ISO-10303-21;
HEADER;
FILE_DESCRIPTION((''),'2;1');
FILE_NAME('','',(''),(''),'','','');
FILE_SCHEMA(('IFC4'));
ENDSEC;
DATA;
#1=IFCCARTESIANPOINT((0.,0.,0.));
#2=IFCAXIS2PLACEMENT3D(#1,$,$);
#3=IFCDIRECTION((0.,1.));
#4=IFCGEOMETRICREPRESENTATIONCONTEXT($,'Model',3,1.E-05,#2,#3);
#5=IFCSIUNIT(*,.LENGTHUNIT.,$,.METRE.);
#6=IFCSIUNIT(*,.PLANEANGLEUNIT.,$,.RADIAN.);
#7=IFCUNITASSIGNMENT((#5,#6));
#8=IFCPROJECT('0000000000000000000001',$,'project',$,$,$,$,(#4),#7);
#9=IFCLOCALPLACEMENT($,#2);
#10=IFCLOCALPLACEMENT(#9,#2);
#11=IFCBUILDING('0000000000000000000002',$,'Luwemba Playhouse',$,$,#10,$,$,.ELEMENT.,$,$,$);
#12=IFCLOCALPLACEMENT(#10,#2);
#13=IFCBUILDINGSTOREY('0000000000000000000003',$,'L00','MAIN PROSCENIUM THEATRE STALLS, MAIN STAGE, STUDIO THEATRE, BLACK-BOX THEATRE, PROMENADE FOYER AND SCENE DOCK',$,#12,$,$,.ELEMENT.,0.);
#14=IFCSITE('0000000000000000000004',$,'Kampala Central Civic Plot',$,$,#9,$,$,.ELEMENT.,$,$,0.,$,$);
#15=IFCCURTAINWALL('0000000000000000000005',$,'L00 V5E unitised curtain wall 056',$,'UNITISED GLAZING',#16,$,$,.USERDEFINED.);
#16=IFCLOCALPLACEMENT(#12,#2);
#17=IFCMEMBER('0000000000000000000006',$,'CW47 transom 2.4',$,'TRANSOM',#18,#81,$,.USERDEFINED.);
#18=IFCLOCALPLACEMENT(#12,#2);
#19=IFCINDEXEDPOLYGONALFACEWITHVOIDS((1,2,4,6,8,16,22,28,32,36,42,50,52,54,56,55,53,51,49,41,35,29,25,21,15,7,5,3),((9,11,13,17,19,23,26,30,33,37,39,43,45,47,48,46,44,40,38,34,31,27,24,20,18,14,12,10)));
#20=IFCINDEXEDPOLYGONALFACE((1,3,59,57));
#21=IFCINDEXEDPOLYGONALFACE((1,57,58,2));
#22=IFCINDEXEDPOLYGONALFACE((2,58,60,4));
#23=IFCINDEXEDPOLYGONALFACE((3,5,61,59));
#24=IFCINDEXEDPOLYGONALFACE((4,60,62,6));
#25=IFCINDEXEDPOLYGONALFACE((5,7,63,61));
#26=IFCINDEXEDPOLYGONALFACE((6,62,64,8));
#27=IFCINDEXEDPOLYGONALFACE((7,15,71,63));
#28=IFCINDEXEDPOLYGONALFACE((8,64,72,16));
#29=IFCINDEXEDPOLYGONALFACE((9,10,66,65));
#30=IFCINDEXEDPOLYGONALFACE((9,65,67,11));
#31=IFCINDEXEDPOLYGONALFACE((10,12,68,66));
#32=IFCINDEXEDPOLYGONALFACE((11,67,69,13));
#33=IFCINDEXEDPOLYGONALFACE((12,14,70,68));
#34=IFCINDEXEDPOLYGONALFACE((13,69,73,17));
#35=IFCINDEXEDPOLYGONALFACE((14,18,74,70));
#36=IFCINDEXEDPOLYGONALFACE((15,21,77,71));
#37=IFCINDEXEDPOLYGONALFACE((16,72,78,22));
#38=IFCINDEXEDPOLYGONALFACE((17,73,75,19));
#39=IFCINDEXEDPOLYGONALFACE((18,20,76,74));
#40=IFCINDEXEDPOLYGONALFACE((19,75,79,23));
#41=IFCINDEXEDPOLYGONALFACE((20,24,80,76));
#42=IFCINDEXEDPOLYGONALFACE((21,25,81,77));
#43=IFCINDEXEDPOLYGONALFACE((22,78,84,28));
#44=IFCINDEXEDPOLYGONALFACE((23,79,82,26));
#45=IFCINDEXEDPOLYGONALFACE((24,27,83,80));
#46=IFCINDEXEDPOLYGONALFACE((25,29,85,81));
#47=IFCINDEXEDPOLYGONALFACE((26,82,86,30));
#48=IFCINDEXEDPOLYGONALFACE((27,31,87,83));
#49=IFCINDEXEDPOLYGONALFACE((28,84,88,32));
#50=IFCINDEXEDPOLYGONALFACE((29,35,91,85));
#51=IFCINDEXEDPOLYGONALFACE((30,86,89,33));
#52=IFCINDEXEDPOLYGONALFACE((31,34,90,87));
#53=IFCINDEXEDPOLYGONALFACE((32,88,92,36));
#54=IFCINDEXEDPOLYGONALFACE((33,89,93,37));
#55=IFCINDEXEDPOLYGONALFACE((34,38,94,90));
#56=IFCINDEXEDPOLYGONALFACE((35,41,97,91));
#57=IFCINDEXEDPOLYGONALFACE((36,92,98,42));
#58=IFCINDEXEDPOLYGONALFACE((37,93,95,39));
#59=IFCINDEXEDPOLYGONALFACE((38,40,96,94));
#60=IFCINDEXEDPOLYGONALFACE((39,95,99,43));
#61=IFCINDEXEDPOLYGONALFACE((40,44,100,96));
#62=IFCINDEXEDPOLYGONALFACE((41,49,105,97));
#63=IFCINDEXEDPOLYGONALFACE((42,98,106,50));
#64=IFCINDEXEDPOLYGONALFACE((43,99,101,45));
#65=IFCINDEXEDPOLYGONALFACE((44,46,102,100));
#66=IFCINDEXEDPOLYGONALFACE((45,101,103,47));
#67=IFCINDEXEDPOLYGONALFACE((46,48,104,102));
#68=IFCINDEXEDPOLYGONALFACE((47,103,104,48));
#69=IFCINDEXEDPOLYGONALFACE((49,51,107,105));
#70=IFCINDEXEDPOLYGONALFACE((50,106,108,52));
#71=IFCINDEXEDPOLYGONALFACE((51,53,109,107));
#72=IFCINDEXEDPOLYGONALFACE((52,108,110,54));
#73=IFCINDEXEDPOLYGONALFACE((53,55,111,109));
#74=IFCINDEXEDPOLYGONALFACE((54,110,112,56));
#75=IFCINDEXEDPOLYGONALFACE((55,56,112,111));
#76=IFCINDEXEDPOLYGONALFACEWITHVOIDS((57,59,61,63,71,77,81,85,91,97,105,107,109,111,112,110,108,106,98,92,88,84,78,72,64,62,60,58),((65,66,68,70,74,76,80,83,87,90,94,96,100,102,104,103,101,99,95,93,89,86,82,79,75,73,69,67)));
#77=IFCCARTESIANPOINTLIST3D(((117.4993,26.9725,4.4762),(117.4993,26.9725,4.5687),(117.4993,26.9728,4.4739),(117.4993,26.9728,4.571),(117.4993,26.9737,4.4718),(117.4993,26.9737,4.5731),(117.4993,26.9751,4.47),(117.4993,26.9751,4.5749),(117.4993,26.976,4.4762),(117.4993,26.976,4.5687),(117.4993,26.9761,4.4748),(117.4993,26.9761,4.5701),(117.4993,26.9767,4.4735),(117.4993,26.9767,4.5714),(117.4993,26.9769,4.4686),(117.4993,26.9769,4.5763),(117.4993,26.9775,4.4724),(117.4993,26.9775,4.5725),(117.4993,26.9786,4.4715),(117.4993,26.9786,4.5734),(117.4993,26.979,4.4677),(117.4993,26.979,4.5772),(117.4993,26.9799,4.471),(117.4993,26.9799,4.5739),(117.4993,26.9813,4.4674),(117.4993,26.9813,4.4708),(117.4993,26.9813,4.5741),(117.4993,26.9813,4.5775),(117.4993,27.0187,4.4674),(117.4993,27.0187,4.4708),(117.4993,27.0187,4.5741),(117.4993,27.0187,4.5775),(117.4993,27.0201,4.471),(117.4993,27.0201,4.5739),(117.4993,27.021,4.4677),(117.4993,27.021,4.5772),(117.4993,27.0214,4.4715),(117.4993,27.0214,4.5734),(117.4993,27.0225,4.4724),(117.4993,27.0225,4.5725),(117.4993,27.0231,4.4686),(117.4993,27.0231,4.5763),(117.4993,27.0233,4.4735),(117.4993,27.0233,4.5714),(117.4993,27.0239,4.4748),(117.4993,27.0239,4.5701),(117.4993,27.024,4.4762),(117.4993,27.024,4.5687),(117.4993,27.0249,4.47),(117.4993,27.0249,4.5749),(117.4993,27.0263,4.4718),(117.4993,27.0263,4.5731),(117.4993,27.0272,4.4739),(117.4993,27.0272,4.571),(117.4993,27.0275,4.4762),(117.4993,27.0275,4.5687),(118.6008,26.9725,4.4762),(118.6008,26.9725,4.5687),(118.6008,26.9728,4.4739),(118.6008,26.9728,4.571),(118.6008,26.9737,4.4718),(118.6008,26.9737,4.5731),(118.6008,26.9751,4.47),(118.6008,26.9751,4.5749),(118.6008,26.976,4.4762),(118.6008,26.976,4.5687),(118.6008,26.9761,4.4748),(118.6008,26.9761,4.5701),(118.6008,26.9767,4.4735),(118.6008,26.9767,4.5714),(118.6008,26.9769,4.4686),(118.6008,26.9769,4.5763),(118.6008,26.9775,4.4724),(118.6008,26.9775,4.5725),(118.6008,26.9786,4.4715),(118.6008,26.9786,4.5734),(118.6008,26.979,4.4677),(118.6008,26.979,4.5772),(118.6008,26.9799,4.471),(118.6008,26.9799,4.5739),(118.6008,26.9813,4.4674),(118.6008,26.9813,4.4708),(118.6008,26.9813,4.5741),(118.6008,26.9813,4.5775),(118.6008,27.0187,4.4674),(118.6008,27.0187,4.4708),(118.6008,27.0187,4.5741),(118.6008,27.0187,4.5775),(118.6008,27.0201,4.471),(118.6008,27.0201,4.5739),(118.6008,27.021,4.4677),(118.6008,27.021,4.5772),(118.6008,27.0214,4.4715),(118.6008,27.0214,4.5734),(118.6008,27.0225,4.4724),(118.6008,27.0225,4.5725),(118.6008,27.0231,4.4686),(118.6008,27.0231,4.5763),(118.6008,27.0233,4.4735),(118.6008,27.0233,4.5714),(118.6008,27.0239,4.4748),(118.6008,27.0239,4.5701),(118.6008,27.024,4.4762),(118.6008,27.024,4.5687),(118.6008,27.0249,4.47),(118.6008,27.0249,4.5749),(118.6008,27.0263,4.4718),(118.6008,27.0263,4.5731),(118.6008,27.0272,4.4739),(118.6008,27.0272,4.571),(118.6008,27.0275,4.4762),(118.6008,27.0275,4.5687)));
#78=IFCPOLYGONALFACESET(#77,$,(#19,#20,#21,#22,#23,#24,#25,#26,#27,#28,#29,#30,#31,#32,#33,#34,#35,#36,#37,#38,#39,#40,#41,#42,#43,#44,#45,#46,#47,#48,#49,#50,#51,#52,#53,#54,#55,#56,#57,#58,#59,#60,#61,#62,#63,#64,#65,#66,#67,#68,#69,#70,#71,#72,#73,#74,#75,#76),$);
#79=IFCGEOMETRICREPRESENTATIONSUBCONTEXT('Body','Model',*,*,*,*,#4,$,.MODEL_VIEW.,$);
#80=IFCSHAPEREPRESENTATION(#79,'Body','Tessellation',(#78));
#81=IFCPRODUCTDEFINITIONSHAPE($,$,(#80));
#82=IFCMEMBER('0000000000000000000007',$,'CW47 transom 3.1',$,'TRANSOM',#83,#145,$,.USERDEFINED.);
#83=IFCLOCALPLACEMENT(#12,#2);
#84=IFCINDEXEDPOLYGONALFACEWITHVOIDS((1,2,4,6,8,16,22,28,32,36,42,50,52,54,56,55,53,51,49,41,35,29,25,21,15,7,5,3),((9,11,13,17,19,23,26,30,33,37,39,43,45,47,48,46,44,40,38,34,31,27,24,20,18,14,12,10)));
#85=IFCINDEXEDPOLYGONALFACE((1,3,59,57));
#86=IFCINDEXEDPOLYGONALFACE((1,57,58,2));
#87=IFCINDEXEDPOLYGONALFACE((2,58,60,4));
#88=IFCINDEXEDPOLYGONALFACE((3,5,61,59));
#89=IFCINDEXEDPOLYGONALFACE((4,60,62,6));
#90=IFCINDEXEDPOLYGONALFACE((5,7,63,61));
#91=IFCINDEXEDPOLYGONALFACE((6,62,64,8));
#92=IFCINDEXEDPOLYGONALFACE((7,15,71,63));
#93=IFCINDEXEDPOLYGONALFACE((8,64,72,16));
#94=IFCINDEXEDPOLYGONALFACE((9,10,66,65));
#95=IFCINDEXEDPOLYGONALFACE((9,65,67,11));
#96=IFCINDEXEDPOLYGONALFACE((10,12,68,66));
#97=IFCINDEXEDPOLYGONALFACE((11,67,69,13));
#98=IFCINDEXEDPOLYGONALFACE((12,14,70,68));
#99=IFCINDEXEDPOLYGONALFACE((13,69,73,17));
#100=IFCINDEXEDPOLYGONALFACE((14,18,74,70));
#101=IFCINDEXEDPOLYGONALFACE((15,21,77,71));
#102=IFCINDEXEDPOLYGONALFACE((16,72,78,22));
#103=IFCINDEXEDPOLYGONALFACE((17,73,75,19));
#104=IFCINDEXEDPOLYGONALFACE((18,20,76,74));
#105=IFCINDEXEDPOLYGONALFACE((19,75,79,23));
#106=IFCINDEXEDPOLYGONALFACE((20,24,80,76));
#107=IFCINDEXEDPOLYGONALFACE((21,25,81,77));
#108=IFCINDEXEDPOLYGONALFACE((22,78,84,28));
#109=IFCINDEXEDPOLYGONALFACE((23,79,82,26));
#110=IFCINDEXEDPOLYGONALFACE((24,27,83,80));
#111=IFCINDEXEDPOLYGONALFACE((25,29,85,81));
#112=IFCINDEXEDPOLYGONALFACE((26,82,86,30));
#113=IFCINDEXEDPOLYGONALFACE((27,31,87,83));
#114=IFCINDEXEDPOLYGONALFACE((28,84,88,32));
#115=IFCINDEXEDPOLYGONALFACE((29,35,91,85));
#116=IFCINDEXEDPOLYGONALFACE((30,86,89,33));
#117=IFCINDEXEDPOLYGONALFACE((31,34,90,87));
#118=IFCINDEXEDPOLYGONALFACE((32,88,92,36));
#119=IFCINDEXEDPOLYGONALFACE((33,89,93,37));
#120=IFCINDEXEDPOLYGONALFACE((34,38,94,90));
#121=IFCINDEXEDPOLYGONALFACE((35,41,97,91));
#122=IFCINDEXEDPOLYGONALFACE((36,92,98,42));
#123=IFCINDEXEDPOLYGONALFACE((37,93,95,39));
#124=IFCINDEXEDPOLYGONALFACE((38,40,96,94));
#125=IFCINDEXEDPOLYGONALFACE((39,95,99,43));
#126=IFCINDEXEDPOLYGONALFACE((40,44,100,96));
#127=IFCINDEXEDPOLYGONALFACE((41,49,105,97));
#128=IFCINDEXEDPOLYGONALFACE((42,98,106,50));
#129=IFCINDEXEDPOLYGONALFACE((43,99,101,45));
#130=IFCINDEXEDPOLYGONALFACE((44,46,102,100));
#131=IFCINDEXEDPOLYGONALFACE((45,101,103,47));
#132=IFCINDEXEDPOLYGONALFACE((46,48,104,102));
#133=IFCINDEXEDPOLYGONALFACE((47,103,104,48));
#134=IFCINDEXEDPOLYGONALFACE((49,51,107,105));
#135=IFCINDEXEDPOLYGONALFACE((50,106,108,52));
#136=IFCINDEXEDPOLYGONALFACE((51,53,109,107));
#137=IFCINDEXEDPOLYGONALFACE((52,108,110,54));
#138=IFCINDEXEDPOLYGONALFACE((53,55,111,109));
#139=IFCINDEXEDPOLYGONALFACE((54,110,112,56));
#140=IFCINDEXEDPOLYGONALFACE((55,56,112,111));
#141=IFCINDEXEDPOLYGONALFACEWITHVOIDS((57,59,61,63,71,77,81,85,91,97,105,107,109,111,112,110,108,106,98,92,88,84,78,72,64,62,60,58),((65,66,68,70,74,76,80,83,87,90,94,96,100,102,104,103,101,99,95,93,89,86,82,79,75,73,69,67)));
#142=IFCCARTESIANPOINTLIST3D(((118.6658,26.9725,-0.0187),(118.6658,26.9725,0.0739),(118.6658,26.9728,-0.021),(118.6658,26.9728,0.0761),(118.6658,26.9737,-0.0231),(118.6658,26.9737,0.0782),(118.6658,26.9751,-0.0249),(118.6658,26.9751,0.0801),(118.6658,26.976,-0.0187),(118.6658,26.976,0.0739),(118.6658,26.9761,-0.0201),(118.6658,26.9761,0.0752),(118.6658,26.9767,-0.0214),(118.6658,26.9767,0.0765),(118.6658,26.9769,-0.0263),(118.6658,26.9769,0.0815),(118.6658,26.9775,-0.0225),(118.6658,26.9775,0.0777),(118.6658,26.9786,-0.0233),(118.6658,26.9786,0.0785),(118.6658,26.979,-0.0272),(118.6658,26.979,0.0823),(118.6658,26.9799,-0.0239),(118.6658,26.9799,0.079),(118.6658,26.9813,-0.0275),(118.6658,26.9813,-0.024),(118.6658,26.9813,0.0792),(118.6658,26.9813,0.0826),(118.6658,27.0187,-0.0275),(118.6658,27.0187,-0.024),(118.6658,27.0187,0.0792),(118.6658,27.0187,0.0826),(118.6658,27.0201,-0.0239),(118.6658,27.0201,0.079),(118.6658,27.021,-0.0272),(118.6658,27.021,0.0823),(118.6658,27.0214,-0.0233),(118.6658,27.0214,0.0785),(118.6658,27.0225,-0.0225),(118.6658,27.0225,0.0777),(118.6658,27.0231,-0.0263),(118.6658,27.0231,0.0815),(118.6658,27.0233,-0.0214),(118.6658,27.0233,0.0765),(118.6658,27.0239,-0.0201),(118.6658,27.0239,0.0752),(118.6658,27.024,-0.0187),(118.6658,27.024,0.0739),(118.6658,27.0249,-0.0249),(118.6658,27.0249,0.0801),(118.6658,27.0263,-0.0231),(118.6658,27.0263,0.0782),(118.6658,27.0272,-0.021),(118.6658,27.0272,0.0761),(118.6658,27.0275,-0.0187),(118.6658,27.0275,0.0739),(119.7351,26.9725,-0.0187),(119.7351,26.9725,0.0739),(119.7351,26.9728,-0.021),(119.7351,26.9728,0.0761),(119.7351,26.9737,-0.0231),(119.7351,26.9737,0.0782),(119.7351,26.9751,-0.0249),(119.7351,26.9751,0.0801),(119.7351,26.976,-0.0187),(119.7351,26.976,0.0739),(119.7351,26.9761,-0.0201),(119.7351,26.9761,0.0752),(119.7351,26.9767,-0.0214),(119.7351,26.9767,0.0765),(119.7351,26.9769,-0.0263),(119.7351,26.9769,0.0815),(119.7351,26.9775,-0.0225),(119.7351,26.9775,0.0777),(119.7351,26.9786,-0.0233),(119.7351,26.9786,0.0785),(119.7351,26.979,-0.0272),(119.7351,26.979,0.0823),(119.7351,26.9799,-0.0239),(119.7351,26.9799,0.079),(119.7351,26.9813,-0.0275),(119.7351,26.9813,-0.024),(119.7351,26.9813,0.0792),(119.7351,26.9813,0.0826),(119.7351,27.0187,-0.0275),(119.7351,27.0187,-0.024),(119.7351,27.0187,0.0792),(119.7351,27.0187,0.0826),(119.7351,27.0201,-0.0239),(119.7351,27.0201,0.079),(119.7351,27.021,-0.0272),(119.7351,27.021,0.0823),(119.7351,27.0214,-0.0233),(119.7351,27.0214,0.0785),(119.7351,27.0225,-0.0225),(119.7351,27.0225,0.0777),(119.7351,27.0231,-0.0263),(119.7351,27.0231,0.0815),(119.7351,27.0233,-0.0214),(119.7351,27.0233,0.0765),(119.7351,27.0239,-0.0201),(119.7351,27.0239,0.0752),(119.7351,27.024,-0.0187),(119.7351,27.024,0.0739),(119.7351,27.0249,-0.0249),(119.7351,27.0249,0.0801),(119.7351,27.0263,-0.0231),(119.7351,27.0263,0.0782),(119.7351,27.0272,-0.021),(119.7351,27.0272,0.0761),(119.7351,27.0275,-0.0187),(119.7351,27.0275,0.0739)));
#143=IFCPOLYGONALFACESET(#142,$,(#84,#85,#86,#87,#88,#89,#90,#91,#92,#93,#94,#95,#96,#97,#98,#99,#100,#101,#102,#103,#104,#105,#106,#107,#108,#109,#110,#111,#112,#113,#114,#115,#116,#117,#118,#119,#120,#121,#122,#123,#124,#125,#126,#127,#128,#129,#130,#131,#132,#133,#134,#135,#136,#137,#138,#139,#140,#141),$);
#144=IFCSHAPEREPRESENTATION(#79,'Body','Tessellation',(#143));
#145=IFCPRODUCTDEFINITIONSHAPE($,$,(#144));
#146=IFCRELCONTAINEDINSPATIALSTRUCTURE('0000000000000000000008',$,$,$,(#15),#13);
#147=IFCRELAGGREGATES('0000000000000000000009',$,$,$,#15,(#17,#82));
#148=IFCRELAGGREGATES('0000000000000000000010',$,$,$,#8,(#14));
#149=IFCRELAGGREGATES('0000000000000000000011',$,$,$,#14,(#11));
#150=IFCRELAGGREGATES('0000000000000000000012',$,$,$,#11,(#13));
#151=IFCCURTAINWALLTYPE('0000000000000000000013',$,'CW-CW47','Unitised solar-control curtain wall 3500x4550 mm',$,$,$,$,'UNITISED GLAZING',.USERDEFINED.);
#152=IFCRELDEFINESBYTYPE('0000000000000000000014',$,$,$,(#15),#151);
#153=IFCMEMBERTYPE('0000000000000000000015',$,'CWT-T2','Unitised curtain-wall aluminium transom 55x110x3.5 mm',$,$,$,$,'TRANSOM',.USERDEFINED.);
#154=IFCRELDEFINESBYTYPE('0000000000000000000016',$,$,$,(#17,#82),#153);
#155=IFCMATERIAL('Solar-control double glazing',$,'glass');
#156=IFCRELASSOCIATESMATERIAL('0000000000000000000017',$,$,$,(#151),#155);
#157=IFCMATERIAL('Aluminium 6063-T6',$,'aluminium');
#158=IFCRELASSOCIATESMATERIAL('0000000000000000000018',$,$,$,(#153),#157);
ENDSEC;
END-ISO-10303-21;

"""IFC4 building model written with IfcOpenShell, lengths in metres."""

from ifc_helpers import new_model, si_unit, direction, frame, origin, origin_2d, place, context, subcontext, project, spatial, hollow_rectangle, extrude, material, material_profile, profile_set, type_object, element, aggregate, save


model = new_model("IFC4")

# Units and contexts
model_context = context("Model", 3, precision=1e-05, world=origin(), true_north=direction((0.0, 1.0)))
body_context = subcontext(model_context, "Body", "Model", "MODEL_VIEW")
ifc_project = project(units=[si_unit("LENGTHUNIT", "METRE"), si_unit("PLANEANGLEUNIT", "RADIAN")], contexts=[model_context])

# Site, building, storey
site_placement = place(None, origin())
site = spatial("IfcSite", under=ifc_project, at=site_placement, Name="Kampala Central Civic Plot", CompositionType="ELEMENT", RefElevation=0.0)
building_placement = place(site_placement, origin())
building = spatial("IfcBuilding", under=site, at=building_placement, Name="Luwemba Playhouse", CompositionType="ELEMENT")
storey_placement = place(building_placement, origin())
storey = spatial("IfcBuildingStorey", under=building, at=storey_placement, Name="L00", Description="MAIN PROSCENIUM THEATRE STALLS, MAIN STAGE, STUDIO THEATRE, BLACK-BOX THEATRE, PROMENADE FOYER AND SCENE DOCK", CompositionType="ELEMENT", Elevation=0.0)

# Shared definitions
ifc_material_1 = material(Name="Solar-control double glazing", Category="glass")
ifc_material_2 = material(Name="Aluminium 6063-T6", Category="aluminium")

# Curtain wall
curtain_wall_type_1 = type_object("IfcCurtainWallType", Name="CW-CW47", Description="Unitised solar-control curtain wall 3500x4550 mm", ElementType="UNITISED GLAZING", PredefinedType="USERDEFINED", material=ifc_material_1)
curtain_wall_1_placement = place(storey_placement, origin())
curtain_wall_1 = element("IfcCurtainWall", 1, at=curtain_wall_1_placement, inside=storey, type_object=curtain_wall_type_1, Name="L00 V5E unitised curtain wall 056", ObjectType="UNITISED GLAZING", PredefinedType="USERDEFINED")

# Members
ifc_material_profile_1 = material_profile(ifc_material_2, hollow_rectangle(XDim=0.0549, YDim=0.1101, WallThickness=0.0034, InnerFilletRadius=0.0054, OuterFilletRadius=0.0088, at=origin_2d()))
ifc_profile_set_1 = profile_set([ifc_material_profile_1], Name="Aluminium 6063-T6")
member_type_1 = type_object("IfcMemberType", Name="CWT-T2", Description="Unitised curtain-wall aluminium transom 55x110x3.5 mm", ElementType="TRANSOM", PredefinedType="USERDEFINED", material=ifc_profile_set_1)
member_1_placement = place(storey_placement, frame((117.4993, 27.0, 4.5225), z_axis=(1.0, 0.0, 0.0), x_axis=(0.0, 1.0, 0.0)))
member_1 = element("IfcMember", 2, at=member_1_placement, type_object=member_type_1, Name="CW47 transom 2.4", ObjectType="TRANSOM", PredefinedType="USERDEFINED", context=body_context, shape_type="SweptSolid", body=[
    extrude(hollow_rectangle(XDim=0.0549, YDim=0.1101, WallThickness=0.0034, InnerFilletRadius=0.0054, OuterFilletRadius=0.0088, at=origin_2d()), origin(), (0.0, 0.0, 1.0), 1.1016),
])
member_2_placement = place(storey_placement, frame((118.6658, 27.0, 0.0276), z_axis=(1.0, 0.0, 0.0), x_axis=(0.0, 1.0, 0.0)))
member_2 = element("IfcMember", 3, at=member_2_placement, type_object=member_type_1, Name="CW47 transom 3.1", ObjectType="TRANSOM", PredefinedType="USERDEFINED", context=body_context, shape_type="SweptSolid", body=[
    extrude(hollow_rectangle(XDim=0.0549, YDim=0.1101, WallThickness=0.0034, InnerFilletRadius=0.0054, OuterFilletRadius=0.0088, at=origin_2d()), origin(), (0.0, 0.0, 1.0), 1.0693),
])

aggregate(curtain_wall_1, [member_1, member_2])

save(model, "model.ifc")
